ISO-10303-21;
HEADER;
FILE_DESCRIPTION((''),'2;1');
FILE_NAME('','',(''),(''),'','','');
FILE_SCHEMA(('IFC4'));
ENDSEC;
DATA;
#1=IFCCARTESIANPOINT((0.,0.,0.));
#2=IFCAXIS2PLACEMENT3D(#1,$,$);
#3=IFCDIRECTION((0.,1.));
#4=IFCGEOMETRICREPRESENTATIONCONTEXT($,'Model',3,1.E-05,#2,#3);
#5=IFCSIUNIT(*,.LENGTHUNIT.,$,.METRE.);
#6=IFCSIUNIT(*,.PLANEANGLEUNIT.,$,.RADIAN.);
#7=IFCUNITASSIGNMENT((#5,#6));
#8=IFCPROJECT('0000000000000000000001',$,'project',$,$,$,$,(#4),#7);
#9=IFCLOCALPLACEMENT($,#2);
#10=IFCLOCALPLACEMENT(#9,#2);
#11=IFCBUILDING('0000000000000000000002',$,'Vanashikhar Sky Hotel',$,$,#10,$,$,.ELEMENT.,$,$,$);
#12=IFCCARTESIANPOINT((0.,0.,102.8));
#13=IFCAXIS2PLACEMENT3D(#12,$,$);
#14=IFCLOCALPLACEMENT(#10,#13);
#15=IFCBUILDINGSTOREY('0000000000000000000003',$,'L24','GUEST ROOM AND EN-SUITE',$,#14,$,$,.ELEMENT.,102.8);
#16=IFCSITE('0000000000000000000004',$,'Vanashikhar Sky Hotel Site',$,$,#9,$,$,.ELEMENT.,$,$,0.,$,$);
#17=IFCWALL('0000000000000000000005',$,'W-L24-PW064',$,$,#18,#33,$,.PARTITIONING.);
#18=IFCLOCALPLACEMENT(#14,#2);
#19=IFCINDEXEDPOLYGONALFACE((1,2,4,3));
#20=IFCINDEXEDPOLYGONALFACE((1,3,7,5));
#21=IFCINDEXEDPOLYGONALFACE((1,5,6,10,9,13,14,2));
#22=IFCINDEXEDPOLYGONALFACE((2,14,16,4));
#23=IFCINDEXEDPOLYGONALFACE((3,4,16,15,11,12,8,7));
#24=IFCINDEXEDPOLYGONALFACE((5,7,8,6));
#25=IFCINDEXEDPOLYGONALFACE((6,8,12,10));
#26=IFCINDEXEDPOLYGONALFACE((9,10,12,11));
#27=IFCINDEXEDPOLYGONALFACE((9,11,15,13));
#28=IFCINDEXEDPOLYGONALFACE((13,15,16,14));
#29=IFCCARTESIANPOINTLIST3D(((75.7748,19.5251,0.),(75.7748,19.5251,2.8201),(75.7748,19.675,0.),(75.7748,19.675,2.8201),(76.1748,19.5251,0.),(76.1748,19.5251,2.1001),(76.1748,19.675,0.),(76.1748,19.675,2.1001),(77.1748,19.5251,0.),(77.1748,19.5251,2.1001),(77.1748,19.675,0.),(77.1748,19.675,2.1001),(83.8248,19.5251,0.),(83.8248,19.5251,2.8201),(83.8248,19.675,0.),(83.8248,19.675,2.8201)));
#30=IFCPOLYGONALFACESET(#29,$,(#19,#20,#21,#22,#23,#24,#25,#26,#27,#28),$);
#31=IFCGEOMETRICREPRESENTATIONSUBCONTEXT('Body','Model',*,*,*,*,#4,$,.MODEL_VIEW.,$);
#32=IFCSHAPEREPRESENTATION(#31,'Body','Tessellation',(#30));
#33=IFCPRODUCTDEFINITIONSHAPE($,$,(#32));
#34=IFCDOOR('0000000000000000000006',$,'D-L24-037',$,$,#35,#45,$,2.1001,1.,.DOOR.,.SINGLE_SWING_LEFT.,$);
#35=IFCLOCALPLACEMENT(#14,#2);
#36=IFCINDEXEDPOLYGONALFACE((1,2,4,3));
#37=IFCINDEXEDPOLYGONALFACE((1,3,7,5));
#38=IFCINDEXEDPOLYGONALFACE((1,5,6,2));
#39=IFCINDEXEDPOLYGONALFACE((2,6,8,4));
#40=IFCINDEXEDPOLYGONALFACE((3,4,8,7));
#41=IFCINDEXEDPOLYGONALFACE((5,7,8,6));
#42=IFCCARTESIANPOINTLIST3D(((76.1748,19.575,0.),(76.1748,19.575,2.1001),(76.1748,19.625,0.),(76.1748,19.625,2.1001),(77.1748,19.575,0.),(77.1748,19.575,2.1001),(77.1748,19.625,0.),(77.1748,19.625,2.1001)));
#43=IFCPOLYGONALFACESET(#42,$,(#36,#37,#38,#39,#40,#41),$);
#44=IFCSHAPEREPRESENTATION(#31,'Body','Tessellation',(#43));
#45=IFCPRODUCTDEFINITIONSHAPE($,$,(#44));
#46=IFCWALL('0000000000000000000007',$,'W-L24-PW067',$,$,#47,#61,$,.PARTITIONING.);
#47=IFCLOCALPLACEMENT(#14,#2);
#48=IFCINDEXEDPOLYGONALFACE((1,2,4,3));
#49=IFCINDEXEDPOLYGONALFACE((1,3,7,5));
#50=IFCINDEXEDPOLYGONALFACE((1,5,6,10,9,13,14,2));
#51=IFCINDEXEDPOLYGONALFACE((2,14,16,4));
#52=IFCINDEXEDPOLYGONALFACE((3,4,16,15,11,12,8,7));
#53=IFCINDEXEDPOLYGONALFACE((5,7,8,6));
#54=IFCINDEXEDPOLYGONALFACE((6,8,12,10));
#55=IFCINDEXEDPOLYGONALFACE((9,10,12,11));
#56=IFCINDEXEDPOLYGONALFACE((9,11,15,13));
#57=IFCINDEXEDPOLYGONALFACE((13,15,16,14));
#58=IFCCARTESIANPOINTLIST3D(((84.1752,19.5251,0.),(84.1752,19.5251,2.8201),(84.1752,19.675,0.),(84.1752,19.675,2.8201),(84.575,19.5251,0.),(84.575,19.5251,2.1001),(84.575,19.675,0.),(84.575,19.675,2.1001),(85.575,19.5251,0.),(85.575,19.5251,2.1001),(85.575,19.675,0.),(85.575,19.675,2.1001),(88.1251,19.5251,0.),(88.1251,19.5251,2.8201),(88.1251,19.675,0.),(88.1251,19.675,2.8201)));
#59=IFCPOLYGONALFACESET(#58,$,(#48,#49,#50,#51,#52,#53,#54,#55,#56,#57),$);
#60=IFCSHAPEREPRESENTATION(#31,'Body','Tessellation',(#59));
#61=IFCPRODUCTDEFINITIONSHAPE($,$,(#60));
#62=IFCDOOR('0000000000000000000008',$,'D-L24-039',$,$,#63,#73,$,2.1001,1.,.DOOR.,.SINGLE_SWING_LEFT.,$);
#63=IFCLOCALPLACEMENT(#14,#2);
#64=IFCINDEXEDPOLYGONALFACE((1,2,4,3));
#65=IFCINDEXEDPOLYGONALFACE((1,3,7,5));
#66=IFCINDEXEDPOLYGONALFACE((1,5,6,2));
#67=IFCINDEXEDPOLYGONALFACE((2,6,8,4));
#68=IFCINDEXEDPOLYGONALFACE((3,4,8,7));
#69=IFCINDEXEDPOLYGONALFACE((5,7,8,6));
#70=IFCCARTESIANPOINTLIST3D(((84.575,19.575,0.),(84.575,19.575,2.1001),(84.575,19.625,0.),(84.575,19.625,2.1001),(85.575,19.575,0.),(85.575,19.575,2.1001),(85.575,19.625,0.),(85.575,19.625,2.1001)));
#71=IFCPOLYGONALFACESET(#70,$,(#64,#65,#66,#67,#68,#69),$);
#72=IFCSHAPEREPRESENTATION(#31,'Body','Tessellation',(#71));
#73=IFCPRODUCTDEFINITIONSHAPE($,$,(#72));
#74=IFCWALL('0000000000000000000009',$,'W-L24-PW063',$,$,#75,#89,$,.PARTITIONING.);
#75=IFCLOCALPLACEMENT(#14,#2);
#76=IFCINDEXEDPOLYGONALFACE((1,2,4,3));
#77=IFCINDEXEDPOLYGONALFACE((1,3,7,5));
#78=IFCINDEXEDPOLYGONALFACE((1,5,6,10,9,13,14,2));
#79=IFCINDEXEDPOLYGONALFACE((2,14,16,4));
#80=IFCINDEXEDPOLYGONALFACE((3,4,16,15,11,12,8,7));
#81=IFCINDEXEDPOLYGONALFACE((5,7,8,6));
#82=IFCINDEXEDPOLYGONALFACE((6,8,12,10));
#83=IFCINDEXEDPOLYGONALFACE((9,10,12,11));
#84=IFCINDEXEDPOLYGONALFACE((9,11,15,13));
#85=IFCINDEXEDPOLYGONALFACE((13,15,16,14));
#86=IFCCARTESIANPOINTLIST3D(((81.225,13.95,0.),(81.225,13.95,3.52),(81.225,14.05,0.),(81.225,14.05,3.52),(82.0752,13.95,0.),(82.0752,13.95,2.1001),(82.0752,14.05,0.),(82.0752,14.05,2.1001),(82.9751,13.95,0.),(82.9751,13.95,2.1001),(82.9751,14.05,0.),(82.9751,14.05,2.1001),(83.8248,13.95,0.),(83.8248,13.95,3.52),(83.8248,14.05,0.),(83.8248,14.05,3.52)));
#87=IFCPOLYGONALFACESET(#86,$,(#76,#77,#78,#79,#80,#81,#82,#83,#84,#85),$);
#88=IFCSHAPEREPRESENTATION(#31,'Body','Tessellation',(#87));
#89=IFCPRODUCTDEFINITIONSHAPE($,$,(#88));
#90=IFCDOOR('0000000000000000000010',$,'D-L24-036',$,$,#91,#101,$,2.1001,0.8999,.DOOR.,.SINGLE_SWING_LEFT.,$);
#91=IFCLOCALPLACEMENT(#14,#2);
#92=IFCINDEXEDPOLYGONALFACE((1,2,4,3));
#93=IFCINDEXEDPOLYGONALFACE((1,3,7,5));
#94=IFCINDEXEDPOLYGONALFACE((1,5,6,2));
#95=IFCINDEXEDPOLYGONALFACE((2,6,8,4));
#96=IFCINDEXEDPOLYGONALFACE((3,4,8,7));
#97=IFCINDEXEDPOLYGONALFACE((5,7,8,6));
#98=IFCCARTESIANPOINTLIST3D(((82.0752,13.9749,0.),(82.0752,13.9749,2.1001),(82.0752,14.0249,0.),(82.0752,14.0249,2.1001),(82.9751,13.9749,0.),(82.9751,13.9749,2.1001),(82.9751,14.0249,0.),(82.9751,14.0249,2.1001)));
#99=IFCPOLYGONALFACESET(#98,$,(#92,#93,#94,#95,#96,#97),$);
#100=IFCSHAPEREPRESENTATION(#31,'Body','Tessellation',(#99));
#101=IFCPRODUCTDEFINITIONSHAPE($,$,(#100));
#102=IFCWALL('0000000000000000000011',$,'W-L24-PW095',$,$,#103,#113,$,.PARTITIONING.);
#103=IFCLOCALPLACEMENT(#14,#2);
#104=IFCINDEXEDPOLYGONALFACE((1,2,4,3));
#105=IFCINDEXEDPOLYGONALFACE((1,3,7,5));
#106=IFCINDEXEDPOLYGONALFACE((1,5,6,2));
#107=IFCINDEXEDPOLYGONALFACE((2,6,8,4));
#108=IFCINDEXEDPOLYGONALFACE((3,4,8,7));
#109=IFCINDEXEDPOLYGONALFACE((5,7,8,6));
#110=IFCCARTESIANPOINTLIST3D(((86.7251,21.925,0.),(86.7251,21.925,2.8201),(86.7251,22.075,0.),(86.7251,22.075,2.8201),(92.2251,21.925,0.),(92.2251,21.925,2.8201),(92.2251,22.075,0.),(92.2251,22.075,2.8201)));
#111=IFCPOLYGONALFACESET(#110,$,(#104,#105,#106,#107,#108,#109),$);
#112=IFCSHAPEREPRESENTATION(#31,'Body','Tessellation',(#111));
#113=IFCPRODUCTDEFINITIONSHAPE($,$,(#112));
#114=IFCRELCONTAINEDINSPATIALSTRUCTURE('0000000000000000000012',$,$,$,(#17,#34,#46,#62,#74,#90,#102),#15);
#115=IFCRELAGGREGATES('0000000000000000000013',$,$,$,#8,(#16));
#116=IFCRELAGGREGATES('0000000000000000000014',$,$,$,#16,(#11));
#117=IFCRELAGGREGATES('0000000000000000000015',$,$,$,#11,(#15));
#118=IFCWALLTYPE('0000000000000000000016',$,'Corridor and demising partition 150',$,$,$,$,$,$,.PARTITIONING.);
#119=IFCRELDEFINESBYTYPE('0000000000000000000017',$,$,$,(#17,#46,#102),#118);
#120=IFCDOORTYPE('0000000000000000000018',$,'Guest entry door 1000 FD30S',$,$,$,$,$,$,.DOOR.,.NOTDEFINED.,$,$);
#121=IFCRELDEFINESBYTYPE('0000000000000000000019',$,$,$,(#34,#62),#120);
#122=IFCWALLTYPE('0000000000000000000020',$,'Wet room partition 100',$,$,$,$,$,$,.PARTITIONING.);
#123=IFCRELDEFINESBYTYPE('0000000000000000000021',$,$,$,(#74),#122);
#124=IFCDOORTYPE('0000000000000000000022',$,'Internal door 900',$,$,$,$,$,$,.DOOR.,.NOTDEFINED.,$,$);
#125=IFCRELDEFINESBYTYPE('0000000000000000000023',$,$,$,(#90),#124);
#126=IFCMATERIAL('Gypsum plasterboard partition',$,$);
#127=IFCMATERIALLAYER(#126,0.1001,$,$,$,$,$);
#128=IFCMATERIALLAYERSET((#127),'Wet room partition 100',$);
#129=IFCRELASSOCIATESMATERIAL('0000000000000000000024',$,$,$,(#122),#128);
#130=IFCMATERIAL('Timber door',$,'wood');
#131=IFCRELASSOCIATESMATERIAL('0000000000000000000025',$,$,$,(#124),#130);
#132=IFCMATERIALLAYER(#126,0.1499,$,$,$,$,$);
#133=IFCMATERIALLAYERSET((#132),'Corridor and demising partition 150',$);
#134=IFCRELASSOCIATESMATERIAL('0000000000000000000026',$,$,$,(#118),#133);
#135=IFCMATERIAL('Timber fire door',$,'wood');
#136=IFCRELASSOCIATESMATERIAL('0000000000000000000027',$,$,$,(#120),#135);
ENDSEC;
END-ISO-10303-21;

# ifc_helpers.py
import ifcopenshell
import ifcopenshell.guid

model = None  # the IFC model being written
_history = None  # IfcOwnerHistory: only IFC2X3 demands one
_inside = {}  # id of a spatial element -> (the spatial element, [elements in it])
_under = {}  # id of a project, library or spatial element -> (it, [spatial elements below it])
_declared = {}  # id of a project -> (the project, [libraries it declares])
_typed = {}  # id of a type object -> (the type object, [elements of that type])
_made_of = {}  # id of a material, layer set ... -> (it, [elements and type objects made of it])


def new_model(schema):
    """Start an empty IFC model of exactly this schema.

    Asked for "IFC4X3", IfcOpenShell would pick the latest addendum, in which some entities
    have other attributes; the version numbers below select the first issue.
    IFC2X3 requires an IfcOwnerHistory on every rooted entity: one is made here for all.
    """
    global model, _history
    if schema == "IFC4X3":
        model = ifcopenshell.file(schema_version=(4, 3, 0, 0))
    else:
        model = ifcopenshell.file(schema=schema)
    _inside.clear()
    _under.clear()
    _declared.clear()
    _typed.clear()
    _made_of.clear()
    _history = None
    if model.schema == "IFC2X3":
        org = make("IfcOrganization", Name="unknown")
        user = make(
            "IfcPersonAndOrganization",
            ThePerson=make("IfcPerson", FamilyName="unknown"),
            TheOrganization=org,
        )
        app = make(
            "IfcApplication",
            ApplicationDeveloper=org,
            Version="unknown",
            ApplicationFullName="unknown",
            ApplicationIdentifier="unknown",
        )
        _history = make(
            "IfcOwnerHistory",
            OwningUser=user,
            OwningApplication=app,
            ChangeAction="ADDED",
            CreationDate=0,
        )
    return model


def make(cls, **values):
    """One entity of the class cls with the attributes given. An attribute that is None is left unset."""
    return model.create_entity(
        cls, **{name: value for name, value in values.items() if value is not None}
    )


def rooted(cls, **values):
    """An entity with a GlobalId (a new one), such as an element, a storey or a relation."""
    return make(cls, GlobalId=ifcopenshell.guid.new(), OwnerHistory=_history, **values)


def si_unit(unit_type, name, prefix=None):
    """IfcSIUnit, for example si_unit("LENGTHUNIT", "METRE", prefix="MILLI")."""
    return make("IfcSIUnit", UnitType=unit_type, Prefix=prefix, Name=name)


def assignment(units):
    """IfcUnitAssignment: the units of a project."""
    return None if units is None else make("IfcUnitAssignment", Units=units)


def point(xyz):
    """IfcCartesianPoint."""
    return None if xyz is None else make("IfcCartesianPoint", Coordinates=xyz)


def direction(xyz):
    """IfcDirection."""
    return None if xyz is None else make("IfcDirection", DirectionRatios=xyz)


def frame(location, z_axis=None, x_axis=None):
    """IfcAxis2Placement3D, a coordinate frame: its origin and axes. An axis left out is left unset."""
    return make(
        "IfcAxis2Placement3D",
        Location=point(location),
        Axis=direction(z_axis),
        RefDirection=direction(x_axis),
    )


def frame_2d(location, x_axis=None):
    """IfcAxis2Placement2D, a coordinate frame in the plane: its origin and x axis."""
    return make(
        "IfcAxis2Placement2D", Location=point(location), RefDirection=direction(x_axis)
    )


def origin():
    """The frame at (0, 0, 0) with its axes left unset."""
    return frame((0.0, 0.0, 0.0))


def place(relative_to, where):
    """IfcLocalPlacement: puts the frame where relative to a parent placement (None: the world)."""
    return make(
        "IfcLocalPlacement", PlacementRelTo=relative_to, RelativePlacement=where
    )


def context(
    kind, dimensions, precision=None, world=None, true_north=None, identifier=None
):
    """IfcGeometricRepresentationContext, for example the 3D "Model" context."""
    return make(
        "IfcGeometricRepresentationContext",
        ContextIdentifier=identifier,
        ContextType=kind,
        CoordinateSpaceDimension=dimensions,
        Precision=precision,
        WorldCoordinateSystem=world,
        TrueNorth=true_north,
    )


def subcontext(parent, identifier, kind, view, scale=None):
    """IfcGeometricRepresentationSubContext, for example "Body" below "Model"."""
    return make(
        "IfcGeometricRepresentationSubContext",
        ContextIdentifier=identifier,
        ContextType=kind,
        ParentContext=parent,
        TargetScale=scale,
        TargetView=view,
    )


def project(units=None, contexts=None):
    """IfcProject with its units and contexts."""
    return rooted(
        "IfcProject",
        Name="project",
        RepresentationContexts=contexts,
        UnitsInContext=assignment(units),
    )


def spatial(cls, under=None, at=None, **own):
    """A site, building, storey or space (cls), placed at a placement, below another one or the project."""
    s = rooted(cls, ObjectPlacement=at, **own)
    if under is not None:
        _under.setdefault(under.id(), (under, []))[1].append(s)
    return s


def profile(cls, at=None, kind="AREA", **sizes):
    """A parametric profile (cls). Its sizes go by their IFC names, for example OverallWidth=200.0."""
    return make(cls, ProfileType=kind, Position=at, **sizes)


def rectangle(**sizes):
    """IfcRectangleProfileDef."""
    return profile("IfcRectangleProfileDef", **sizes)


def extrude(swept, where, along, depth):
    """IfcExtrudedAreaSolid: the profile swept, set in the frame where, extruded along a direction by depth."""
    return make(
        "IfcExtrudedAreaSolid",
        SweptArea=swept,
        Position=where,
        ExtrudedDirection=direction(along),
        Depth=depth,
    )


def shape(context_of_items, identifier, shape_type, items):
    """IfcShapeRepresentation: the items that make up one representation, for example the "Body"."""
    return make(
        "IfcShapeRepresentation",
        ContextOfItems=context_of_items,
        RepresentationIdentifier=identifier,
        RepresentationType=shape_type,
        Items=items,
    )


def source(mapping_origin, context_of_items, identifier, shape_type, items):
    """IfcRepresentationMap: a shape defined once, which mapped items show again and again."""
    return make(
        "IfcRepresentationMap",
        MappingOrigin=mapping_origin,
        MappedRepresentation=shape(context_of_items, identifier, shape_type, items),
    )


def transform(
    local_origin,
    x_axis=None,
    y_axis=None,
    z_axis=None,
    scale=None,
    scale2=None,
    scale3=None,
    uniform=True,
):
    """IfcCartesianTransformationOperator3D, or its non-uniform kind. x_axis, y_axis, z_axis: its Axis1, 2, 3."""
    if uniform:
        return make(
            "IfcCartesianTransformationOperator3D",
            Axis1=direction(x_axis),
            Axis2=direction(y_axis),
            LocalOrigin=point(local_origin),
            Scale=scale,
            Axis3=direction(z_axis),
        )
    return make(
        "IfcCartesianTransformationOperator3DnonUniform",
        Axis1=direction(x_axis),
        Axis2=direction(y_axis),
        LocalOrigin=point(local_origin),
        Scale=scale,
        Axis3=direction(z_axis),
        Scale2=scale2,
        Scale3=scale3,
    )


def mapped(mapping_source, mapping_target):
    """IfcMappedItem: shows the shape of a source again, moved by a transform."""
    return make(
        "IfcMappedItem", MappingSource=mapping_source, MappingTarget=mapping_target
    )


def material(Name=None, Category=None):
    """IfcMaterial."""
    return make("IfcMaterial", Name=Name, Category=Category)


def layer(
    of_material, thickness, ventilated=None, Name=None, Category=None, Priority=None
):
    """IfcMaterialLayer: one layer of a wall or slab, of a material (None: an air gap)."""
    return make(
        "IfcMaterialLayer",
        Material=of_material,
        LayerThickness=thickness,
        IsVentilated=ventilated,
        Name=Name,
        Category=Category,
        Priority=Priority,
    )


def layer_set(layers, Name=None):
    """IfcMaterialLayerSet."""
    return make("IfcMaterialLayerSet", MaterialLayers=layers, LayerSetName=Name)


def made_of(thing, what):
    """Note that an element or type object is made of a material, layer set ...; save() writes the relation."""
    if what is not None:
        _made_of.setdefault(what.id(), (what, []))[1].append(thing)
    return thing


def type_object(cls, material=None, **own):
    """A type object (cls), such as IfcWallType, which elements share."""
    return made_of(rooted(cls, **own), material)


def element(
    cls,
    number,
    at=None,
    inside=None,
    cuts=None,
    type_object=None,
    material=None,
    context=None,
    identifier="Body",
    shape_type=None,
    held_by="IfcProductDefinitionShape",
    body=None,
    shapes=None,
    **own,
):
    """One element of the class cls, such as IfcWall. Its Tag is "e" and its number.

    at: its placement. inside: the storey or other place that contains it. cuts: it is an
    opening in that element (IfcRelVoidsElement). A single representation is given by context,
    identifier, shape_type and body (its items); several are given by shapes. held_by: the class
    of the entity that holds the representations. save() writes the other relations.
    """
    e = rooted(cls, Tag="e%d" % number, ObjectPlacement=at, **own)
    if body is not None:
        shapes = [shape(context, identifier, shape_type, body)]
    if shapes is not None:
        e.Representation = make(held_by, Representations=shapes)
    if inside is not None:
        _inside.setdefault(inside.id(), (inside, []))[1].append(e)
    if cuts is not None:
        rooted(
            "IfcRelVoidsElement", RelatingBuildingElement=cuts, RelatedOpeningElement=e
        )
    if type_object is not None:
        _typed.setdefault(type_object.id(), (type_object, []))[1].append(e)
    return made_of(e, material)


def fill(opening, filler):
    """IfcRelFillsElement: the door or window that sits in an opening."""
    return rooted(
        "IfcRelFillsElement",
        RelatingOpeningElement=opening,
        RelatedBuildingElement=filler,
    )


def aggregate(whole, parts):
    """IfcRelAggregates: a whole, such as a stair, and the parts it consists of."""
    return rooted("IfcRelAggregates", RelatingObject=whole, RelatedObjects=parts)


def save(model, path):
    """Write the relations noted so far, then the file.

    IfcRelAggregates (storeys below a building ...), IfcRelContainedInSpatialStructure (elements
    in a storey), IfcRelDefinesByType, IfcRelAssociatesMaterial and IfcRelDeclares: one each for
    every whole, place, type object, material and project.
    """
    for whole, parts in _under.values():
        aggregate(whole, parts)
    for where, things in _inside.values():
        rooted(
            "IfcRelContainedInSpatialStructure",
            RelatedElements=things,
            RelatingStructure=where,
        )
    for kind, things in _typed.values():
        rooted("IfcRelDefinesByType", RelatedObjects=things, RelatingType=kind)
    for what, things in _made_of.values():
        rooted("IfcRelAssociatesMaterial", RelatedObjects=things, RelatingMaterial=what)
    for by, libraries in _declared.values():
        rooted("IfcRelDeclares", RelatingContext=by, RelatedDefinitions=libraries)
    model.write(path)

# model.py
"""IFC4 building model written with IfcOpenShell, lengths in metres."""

from ifc_helpers import new_model, si_unit, direction, frame, frame_2d, origin, place, context, subcontext, project, spatial, rectangle, extrude, source, transform, mapped, material, layer, layer_set, type_object, element, fill, save


model = new_model("IFC4")

# Units and contexts
model_context = context("Model", 3, precision=1e-05, world=origin(), true_north=direction((0.0, 1.0)))
body_context = subcontext(model_context, "Body", "Model", "MODEL_VIEW")
ifc_project = project(units=[si_unit("LENGTHUNIT", "METRE"), si_unit("PLANEANGLEUNIT", "RADIAN")], contexts=[model_context])

# Site, building, storey
site_placement = place(None, origin())
site = spatial("IfcSite", under=ifc_project, at=site_placement, Name="Vanashikhar Sky Hotel Site", CompositionType="ELEMENT", RefElevation=0.0)
building_placement = place(site_placement, origin())
building = spatial("IfcBuilding", under=site, at=building_placement, Name="Vanashikhar Sky Hotel", CompositionType="ELEMENT")
storey_placement = place(building_placement, frame((0.0, 0.0, 102.8)))
storey = spatial("IfcBuildingStorey", under=building, at=storey_placement, Name="L24", Description="GUEST ROOM AND EN-SUITE", CompositionType="ELEMENT", Elevation=102.8)

# Shared definitions
ifc_material_1 = material(Name="Gypsum plasterboard partition")
ifc_layer_1 = layer(ifc_material_1, 0.1001)
ifc_layer_set_1 = layer_set([ifc_layer_1], Name="Wet room partition 100")
wall_type_1 = type_object("IfcWallType", Name="Wet room partition 100", PredefinedType="PARTITIONING", material=ifc_layer_set_1)
shared_shape_1 = source(origin(), body_context, "Body", "SweptSolid", [
    extrude(rectangle(XDim=0.8999, YDim=2.1001, at=frame_2d((0.45, 1.05))), frame((0.0, 0.0601, 0.0), z_axis=(0.0, -1.0, 0.0), x_axis=(1.0, 0.0, 0.0)), (0.0, 0.0, 1.0), 0.1201),
])
ifc_material_2 = material(Name="Timber door", Category="wood")
door_type_1 = type_object("IfcDoorType", Name="Internal door 900", OperationType="NOTDEFINED", PredefinedType="DOOR", material=ifc_material_2)
shared_shape_2 = source(origin(), body_context, "Body", "SweptSolid", [
    extrude(rectangle(XDim=0.8999, YDim=2.1001, at=frame_2d((0.45, 1.05))), frame((0.0, 0.0249, 0.0), z_axis=(0.0, -1.0, 0.0), x_axis=(1.0, 0.0, 0.0)), (0.0, 0.0, 1.0), 0.05),
])

# Walls, openings, doors
ifc_layer_2 = layer(ifc_material_1, 0.1499)
ifc_layer_set_2 = layer_set([ifc_layer_2], Name="Corridor and demising partition 150")
wall_type_2 = type_object("IfcWallType", Name="Corridor and demising partition 150", PredefinedType="PARTITIONING", material=ifc_layer_set_2)
shared_shape_3 = source(origin(), body_context, "Body", "SweptSolid", [
    extrude(rectangle(XDim=8.05, YDim=0.1499, at=frame_2d((4.0249, 0.0))), origin(), (0.0, 0.0, 1.0), 2.8201),
])
wall_1_placement = place(storey_placement, frame((75.7749, 19.6001, 0.0), z_axis=(0.0, 0.0, 1.0), x_axis=(1.0, 0.0, 0.0)))
wall_1 = element("IfcWall", 1, at=wall_1_placement, inside=storey, type_object=wall_type_2, Name="W-L24-PW064", PredefinedType="PARTITIONING", context=body_context, shape_type="MappedRepresentation", body=[
    mapped(shared_shape_3, transform((0.0, 0.0, 0.0), scale=1.0)),
])
shared_shape_4 = source(origin(), body_context, "Body", "SweptSolid", [
    extrude(rectangle(XDim=1.0, YDim=2.1001, at=frame_2d((0.5, 1.05))), frame((0.0, 0.085, 0.0), z_axis=(0.0, -1.0, 0.0), x_axis=(1.0, 0.0, 0.0)), (0.0, 0.0, 1.0), 0.1699),
])
opening_1_placement = place(wall_1_placement, frame((0.3999, 0.0, 0.0)))
opening_1 = element("IfcOpeningElement", 2, at=opening_1_placement, cuts=wall_1, PredefinedType="OPENING", context=body_context, shape_type="MappedRepresentation", body=[
    mapped(shared_shape_4, transform((0.0, 0.0, 0.0), scale=1.0)),
])
ifc_material_3 = material(Name="Timber fire door", Category="wood")
door_type_2 = type_object("IfcDoorType", Name="Guest entry door 1000 FD30S", OperationType="NOTDEFINED", PredefinedType="DOOR", material=ifc_material_3)
shared_shape_5 = source(origin(), body_context, "Body", "SweptSolid", [
    extrude(rectangle(XDim=1.0, YDim=2.1001, at=frame_2d((0.5, 1.05))), frame((0.0, 0.0249, 0.0), z_axis=(0.0, -1.0, 0.0), x_axis=(1.0, 0.0, 0.0)), (0.0, 0.0, 1.0), 0.05),
])
door_1_placement = place(opening_1_placement, origin())
door_1 = element("IfcDoor", 3, at=door_1_placement, inside=storey, type_object=door_type_2, Name="D-L24-037", OperationType="SINGLE_SWING_LEFT", OverallHeight=2.1001, OverallWidth=1.0, PredefinedType="DOOR", context=body_context, shape_type="MappedRepresentation", body=[
    mapped(shared_shape_5, transform((0.0, 0.0, 0.0), scale=1.0)),
])
fill(opening_1, door_1)
shared_shape_6 = source(origin(), body_context, "Body", "SweptSolid", [
    extrude(rectangle(XDim=3.95, YDim=0.1499, at=frame_2d((1.9751, 0.0))), origin(), (0.0, 0.0, 1.0), 2.8201),
])
wall_2_placement = place(storey_placement, frame((84.175, 19.6001, 0.0), z_axis=(0.0, 0.0, 1.0), x_axis=(1.0, 0.0, 0.0)))
wall_2 = element("IfcWall", 4, at=wall_2_placement, inside=storey, type_object=wall_type_2, Name="W-L24-PW067", PredefinedType="PARTITIONING", context=body_context, shape_type="MappedRepresentation", body=[
    mapped(shared_shape_6, transform((0.0, 0.0, 0.0), scale=1.0)),
])
opening_2_placement = place(wall_2_placement, frame((0.3999, 0.0, 0.0)))
opening_2 = element("IfcOpeningElement", 5, at=opening_2_placement, cuts=wall_2, PredefinedType="OPENING", context=body_context, shape_type="MappedRepresentation", body=[
    mapped(shared_shape_4, transform((0.0, 0.0, 0.0), scale=1.0)),
])
door_2_placement = place(opening_2_placement, origin())
door_2 = element("IfcDoor", 6, at=door_2_placement, inside=storey, type_object=door_type_2, Name="D-L24-039", OperationType="SINGLE_SWING_LEFT", OverallHeight=2.1001, OverallWidth=1.0, PredefinedType="DOOR", context=body_context, shape_type="MappedRepresentation", body=[
    mapped(shared_shape_5, transform((0.0, 0.0, 0.0), scale=1.0)),
])
fill(opening_2, door_2)
shared_shape_7 = source(origin(), body_context, "Body", "SweptSolid", [
    extrude(rectangle(XDim=2.5999, YDim=0.1001, at=frame_2d((1.2998, 0.0))), origin(), (0.0, 0.0, 1.0), 3.52),
])
wall_3_placement = place(storey_placement, frame((81.2251, 14.0, 0.0), z_axis=(0.0, 0.0, 1.0), x_axis=(1.0, 0.0, 0.0)))
wall_3 = element("IfcWall", 7, at=wall_3_placement, inside=storey, type_object=wall_type_1, Name="W-L24-PW063", PredefinedType="PARTITIONING", context=body_context, shape_type="MappedRepresentation", body=[
    mapped(shared_shape_7, transform((0.0, 0.0, 0.0), scale=1.0)),
])
opening_3_placement = place(wall_3_placement, frame((0.8501, 0.0, 0.0)))
opening_3 = element("IfcOpeningElement", 8, at=opening_3_placement, cuts=wall_3, PredefinedType="OPENING", context=body_context, shape_type="MappedRepresentation", body=[
    mapped(shared_shape_1, transform((0.0, 0.0, 0.0), scale=1.0)),
])
door_3_placement = place(opening_3_placement, origin())
door_3 = element("IfcDoor", 9, at=door_3_placement, inside=storey, type_object=door_type_1, Name="D-L24-036", OperationType="SINGLE_SWING_LEFT", OverallHeight=2.1001, OverallWidth=0.8999, PredefinedType="DOOR", context=body_context, shape_type="MappedRepresentation", body=[
    mapped(shared_shape_2, transform((0.0, 0.0, 0.0), scale=1.0)),
])
fill(opening_3, door_3)

# Wall
shared_shape_8 = source(origin(), body_context, "Body", "SweptSolid", [
    extrude(rectangle(XDim=5.5, YDim=0.1499, at=frame_2d((2.75, 0.0))), origin(), (0.0, 0.0, 1.0), 2.8201),
])
wall_4_placement = place(storey_placement, frame((86.7251, 22.0, 0.0), z_axis=(0.0, 0.0, 1.0), x_axis=(1.0, 0.0, 0.0)))
element("IfcWall", 10, at=wall_4_placement, inside=storey, type_object=wall_type_2, Name="W-L24-PW095", PredefinedType="PARTITIONING", context=body_context, shape_type="MappedRepresentation", body=[
    mapped(shared_shape_8, transform((0.0, 0.0, 0.0), scale=1.0)),
])

save(model, "model.ifc")
